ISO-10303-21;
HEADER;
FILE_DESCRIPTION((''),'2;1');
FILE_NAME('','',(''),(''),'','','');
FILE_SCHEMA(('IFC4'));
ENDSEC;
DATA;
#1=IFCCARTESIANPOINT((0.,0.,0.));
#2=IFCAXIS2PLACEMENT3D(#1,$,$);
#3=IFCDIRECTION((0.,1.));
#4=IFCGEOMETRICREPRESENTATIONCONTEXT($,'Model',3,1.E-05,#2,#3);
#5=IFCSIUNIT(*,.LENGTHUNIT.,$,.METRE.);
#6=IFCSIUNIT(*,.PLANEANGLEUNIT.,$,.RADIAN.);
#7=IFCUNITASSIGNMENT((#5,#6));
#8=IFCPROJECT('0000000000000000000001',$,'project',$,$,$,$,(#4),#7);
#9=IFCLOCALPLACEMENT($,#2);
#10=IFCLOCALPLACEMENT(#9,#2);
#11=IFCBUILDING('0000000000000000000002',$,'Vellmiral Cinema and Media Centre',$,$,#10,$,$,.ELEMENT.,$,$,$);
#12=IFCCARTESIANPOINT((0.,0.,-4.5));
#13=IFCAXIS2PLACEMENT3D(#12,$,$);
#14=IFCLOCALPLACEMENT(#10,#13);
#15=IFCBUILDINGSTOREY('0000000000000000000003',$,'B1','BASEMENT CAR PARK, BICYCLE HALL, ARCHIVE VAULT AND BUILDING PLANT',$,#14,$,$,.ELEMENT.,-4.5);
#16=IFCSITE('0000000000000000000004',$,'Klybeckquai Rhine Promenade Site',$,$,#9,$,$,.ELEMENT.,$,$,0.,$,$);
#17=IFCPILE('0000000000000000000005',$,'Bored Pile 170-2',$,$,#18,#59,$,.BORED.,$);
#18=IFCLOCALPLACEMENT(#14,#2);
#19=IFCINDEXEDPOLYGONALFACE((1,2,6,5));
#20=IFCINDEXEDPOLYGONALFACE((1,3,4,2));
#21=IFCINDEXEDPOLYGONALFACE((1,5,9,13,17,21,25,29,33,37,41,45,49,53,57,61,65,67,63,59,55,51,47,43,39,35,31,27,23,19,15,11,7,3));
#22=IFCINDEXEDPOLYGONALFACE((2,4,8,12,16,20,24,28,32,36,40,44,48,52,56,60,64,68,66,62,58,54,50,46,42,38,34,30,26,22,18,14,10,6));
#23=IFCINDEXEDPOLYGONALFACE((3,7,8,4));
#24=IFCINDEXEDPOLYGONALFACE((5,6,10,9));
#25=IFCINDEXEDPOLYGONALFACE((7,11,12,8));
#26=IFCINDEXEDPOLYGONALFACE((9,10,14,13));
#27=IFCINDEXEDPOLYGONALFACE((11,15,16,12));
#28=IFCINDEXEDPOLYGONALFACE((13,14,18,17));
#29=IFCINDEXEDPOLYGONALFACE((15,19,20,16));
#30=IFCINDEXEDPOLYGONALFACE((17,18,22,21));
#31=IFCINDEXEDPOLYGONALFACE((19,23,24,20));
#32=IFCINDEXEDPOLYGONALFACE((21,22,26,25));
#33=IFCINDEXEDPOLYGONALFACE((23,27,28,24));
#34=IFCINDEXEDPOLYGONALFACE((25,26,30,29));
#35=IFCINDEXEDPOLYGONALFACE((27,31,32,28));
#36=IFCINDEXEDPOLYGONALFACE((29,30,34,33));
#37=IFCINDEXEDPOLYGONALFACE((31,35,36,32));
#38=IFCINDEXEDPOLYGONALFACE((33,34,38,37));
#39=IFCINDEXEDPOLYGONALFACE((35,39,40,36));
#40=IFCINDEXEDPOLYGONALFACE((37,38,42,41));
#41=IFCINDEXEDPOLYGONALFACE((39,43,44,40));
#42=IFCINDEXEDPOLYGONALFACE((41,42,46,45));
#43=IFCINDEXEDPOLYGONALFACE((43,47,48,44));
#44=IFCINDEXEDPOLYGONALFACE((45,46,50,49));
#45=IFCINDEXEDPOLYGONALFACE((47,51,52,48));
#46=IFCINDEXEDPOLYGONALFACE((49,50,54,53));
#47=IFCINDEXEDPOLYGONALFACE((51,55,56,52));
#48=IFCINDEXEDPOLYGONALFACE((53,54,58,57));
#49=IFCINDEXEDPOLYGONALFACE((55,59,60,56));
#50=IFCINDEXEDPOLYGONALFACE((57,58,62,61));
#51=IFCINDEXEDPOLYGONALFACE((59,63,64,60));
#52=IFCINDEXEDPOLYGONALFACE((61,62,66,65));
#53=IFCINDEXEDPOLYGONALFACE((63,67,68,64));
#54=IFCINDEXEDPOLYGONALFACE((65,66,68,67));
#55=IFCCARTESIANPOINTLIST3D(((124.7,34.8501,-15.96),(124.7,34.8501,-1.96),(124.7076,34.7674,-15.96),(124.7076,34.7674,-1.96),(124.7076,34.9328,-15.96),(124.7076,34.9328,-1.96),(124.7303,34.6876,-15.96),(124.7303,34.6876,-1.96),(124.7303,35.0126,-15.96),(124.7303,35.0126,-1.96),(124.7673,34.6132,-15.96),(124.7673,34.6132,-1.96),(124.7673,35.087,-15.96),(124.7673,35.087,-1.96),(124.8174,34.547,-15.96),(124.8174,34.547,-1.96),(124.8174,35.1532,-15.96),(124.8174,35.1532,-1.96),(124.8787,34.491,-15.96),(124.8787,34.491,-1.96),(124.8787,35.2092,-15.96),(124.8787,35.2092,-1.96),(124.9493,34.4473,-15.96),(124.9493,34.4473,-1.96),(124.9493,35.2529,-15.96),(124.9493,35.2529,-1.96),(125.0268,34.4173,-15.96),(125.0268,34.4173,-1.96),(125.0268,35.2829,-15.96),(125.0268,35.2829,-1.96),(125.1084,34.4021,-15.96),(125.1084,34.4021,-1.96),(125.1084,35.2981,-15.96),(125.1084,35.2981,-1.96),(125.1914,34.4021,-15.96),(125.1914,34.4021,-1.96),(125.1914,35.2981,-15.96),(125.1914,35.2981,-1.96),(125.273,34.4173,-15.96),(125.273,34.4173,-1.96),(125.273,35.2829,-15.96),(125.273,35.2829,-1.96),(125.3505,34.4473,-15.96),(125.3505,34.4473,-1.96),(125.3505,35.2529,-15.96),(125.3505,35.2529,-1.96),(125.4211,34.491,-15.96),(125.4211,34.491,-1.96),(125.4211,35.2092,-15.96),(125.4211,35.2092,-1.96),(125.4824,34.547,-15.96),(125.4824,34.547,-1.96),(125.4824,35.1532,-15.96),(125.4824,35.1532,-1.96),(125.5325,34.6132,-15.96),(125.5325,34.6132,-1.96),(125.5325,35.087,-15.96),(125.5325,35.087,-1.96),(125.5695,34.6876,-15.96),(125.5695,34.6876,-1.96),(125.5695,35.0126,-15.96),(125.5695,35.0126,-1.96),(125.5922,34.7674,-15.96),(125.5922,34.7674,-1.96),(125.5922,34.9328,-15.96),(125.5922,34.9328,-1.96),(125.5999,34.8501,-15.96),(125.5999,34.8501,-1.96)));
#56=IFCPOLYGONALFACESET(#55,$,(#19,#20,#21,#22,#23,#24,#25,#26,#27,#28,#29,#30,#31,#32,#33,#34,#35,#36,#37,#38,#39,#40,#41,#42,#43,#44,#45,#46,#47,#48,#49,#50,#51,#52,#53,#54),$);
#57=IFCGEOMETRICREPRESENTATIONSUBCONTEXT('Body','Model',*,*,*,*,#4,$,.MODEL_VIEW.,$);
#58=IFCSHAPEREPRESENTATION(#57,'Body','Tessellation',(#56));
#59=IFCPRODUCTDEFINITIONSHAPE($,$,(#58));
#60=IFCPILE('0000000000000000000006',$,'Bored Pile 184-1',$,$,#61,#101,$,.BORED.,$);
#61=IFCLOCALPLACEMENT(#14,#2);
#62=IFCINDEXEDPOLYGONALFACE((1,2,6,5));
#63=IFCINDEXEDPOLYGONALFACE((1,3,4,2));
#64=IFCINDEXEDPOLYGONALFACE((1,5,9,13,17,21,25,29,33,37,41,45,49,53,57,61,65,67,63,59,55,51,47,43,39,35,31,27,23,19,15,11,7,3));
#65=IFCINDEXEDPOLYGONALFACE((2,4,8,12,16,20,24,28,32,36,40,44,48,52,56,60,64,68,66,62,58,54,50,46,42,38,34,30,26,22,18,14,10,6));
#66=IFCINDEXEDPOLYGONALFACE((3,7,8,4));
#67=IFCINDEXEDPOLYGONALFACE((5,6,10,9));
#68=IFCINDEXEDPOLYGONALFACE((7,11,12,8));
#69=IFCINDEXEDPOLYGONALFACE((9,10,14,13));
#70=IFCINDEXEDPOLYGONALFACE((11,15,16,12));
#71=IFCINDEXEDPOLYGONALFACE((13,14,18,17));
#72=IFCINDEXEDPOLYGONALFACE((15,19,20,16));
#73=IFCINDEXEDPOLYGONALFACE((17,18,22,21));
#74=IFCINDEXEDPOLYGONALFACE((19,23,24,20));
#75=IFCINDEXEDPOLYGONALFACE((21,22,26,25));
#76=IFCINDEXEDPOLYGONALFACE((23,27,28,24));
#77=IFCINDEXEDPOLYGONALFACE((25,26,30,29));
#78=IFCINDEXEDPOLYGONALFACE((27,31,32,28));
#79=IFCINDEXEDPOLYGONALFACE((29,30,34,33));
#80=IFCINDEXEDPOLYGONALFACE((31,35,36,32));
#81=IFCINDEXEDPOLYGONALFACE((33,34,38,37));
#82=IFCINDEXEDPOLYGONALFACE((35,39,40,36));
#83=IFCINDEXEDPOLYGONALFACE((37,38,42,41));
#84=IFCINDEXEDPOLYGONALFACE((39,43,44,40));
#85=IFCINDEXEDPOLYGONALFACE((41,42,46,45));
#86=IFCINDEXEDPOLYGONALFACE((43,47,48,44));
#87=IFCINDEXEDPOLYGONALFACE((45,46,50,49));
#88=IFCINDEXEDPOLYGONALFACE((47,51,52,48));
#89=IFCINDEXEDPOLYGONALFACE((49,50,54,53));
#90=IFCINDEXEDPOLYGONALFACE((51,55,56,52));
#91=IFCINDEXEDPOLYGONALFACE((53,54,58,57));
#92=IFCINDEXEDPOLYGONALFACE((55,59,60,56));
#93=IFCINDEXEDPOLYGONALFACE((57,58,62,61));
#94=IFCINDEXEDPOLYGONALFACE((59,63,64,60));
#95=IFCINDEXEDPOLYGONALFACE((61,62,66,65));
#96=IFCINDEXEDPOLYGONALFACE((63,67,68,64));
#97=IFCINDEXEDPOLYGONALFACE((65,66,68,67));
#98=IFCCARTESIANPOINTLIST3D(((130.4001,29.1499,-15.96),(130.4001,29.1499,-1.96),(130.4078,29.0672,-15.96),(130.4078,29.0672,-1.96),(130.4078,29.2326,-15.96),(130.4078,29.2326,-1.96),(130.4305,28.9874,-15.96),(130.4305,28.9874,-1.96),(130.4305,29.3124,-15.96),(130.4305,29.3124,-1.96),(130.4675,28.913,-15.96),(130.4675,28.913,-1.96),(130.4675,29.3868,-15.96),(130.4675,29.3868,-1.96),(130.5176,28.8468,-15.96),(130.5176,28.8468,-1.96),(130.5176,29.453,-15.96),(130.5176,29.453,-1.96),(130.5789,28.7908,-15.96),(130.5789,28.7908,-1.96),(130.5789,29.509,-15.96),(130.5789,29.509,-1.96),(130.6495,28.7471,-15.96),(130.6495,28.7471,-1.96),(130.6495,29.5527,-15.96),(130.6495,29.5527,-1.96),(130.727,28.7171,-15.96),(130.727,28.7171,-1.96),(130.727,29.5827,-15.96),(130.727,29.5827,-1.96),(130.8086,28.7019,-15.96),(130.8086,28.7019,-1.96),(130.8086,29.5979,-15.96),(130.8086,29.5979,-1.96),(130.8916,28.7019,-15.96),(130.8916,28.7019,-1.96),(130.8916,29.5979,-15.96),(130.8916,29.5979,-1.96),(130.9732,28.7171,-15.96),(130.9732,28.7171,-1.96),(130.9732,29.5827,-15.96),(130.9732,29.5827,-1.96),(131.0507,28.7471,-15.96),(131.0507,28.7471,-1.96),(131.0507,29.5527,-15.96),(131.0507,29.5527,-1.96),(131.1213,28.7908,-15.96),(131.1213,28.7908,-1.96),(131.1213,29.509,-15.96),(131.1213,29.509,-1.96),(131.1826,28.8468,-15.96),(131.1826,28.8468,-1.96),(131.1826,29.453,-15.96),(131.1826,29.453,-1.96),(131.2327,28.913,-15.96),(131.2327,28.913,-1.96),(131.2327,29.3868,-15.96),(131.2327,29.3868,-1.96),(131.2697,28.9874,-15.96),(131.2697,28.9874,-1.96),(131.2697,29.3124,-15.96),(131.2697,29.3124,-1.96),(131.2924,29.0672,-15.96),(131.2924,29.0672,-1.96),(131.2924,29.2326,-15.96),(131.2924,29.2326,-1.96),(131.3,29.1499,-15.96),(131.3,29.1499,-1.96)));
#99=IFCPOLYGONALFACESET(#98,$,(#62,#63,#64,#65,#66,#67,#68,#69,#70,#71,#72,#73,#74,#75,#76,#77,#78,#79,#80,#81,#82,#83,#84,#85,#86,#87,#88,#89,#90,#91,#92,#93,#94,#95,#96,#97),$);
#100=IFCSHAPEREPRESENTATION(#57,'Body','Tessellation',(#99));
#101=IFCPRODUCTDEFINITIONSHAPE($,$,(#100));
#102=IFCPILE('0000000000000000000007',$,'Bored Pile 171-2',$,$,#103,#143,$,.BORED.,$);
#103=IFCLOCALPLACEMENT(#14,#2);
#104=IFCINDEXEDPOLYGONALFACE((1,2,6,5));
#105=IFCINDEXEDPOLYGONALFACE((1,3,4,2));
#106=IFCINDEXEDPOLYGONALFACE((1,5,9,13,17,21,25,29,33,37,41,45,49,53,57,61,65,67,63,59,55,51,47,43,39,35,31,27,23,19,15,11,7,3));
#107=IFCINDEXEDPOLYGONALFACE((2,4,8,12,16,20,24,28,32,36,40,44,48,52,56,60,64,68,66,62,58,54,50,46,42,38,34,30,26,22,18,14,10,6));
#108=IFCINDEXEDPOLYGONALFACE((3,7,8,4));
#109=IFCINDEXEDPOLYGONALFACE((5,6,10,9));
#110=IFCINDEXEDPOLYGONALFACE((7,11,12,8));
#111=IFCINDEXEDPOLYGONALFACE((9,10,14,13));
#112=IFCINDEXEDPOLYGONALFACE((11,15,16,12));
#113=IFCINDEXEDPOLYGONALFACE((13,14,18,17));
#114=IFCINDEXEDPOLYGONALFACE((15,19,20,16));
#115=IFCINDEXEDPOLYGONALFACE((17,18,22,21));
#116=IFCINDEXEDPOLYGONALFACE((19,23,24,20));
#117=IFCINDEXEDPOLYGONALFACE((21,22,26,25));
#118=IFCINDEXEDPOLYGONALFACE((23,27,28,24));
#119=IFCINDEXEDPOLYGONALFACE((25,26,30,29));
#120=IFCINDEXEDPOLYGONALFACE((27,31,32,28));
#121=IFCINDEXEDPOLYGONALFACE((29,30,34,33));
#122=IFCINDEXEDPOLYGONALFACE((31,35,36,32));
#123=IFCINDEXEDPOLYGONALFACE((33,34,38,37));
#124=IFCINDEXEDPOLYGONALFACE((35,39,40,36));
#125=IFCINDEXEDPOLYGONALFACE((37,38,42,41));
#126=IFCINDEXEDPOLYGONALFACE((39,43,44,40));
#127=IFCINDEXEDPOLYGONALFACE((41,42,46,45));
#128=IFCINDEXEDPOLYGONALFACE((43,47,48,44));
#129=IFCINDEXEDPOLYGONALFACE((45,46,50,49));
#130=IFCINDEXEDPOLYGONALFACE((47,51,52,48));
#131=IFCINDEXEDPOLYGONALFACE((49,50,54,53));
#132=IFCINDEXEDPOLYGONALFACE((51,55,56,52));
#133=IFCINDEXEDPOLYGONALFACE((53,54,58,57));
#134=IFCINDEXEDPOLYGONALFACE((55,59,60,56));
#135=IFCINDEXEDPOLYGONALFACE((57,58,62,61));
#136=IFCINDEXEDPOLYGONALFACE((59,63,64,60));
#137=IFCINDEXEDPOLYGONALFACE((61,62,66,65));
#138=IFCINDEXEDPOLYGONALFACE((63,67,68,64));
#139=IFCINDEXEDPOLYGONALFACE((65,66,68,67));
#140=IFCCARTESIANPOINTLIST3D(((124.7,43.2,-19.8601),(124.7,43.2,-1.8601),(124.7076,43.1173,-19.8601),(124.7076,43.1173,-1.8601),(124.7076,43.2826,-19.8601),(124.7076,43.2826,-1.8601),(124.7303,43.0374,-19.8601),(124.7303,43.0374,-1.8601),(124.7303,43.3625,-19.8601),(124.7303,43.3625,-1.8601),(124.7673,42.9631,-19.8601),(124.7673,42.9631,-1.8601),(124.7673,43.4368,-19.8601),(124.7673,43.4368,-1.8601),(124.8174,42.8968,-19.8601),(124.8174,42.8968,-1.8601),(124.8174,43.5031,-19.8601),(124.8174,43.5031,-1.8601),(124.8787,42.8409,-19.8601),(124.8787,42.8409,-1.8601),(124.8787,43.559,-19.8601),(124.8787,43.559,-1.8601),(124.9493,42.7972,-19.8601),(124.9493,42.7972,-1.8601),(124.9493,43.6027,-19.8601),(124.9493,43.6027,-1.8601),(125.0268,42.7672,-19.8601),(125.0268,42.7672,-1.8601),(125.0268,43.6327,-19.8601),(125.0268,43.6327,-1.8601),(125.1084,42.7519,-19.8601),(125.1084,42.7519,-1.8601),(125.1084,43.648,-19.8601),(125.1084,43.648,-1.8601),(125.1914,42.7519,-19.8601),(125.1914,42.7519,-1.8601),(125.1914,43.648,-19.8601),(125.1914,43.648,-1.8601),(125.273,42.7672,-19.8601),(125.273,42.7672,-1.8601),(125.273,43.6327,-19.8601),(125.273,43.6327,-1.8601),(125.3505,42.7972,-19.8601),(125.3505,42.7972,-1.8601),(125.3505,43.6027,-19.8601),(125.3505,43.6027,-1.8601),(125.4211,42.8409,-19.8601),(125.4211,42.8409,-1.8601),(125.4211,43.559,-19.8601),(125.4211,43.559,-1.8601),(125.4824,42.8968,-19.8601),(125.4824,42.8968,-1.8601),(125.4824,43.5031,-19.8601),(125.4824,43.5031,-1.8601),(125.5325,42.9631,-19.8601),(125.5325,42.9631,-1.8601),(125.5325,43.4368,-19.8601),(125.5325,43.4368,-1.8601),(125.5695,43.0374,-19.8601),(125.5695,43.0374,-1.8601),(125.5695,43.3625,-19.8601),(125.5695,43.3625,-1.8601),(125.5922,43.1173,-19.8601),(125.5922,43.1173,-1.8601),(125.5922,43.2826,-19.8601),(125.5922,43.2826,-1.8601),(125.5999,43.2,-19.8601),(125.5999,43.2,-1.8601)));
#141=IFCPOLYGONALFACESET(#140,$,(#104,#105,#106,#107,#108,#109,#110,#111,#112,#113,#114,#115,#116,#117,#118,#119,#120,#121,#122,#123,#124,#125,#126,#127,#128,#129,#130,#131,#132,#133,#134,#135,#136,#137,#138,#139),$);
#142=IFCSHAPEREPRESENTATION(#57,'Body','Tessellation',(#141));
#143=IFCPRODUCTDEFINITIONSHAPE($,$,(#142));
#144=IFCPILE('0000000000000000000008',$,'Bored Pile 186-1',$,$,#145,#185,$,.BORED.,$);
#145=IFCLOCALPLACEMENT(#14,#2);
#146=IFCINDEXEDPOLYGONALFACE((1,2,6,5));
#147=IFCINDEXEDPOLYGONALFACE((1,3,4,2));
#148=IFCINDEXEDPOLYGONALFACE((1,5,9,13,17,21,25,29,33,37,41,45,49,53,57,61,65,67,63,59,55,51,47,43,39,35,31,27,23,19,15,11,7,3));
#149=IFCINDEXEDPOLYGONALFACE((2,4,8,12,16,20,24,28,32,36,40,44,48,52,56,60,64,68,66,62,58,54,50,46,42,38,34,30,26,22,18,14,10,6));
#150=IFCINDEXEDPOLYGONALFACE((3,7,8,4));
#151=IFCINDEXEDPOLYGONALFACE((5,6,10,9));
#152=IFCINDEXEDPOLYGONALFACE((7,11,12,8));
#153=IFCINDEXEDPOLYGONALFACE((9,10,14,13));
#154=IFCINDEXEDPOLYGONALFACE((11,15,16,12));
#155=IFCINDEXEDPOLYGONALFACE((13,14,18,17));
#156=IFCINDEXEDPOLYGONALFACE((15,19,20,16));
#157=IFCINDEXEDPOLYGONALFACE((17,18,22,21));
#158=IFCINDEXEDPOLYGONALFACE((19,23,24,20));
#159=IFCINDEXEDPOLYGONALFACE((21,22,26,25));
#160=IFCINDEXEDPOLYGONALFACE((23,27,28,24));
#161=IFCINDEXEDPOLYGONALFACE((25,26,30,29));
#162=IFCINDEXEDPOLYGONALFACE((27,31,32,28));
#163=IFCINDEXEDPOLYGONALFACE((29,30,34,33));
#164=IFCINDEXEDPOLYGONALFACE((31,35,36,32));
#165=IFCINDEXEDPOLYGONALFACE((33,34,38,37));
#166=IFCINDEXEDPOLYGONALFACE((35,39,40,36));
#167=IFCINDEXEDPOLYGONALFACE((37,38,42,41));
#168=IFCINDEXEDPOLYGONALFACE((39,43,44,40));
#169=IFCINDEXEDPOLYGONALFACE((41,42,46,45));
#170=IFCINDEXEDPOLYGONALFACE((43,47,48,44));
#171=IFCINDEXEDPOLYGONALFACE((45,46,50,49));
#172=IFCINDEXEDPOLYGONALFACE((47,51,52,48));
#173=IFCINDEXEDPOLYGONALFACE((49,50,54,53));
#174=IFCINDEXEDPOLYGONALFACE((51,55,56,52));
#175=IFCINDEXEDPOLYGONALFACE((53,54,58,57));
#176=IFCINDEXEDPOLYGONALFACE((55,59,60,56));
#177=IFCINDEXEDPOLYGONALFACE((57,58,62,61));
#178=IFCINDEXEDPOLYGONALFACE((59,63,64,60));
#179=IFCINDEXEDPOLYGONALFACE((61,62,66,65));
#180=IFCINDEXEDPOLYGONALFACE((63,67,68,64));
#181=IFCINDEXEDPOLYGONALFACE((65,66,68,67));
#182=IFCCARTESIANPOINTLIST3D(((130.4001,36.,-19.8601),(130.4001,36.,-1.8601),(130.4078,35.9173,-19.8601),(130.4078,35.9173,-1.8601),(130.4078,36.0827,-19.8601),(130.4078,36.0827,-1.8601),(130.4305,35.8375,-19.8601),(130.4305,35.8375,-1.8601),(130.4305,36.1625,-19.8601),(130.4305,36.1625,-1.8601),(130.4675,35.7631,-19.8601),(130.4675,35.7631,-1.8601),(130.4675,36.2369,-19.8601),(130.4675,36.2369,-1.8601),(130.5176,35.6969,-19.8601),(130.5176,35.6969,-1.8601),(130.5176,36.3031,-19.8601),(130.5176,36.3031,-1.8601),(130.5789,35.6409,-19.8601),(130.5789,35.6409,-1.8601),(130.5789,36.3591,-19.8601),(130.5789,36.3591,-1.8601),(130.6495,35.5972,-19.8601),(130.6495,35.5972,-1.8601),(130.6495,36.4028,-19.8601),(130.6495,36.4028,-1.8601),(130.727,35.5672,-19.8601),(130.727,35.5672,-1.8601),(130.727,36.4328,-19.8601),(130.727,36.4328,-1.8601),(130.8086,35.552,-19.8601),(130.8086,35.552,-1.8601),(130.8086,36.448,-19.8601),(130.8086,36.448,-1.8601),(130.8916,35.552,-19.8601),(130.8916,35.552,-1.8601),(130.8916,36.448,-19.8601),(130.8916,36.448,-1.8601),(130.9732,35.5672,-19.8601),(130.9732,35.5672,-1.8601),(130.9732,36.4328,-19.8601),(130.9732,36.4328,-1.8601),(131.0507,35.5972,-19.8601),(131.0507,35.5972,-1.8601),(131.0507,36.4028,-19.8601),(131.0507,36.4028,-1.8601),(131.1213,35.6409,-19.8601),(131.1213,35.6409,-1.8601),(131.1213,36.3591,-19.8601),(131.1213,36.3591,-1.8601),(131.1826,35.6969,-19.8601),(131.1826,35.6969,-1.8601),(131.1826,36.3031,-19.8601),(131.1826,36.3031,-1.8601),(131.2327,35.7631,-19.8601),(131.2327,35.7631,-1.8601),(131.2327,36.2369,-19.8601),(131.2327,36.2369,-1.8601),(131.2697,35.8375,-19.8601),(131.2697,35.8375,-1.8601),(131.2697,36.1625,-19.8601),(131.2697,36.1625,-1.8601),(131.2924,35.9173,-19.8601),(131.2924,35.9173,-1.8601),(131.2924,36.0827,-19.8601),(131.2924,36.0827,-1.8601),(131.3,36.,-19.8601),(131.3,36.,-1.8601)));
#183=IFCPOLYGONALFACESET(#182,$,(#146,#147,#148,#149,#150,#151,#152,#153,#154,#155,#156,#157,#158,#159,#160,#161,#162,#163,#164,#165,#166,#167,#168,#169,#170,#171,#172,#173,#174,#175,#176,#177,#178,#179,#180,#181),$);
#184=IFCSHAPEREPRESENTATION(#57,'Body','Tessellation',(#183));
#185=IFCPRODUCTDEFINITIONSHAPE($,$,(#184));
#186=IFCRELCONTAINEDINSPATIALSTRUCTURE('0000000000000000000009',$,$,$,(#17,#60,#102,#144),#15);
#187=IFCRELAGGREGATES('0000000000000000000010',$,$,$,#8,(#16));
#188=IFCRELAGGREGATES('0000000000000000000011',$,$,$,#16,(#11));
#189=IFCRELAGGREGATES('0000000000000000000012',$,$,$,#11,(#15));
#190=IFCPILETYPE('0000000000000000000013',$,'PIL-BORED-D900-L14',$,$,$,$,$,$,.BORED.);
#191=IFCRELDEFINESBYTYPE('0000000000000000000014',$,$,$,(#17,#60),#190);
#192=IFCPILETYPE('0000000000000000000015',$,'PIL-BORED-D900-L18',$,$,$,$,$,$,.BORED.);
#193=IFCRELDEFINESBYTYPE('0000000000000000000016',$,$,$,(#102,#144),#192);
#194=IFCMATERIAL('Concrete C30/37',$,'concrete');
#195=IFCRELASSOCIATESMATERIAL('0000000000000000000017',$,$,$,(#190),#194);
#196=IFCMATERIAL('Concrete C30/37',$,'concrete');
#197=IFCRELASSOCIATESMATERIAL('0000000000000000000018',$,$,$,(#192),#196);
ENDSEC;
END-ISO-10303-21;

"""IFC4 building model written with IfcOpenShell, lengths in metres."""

from ifc_helpers import new_model, si_unit, direction, frame, origin, origin_2d, place, context, subcontext, project, spatial, circle, extrude, material, material_profile, profile_set, type_object, element, save


model = new_model("IFC4")

# Units and contexts
model_context = context("Model", 3, precision=1e-05, world=origin(), true_north=direction((0.0, 1.0)))
body_context = subcontext(model_context, "Body", "Model", "MODEL_VIEW")
ifc_project = project(units=[si_unit("LENGTHUNIT", "METRE"), si_unit("PLANEANGLEUNIT", "RADIAN")], contexts=[model_context])

# Site, building, storey
site_placement = place(None, origin())
site = spatial("IfcSite", under=ifc_project, at=site_placement, Name="Klybeckquai Rhine Promenade Site", CompositionType="ELEMENT", RefElevation=0.0)
building_placement = place(site_placement, origin())
building = spatial("IfcBuilding", under=site, at=building_placement, Name="Vellmiral Cinema and Media Centre", CompositionType="ELEMENT")
storey_placement = place(building_placement, frame((0.0, 0.0, -4.5)))
storey = spatial("IfcBuildingStorey", under=building, at=storey_placement, Name="B1", Description="BASEMENT CAR PARK, BICYCLE HALL, ARCHIVE VAULT AND BUILDING PLANT", CompositionType="ELEMENT", Elevation=-4.5)

# Piles
ifc_material_1 = material(Name="Concrete C30/37", Category="concrete")
ifc_material_profile_1 = material_profile(ifc_material_1, circle(Radius=0.45, at=origin_2d()), Name="PILE D900")
ifc_profile_set_1 = profile_set([ifc_material_profile_1], Name="Concrete C30/37")
pile_type_1 = type_object("IfcPileType", Name="PIL-BORED-D900-L14", PredefinedType="BORED", material=ifc_profile_set_1)
for number, where, z_axis, x_axis, name in (
    (1, (125.1499, 34.8501, -1.96), (0.0, 0.0, -1.0), (1.0, 0.0, 0.0), "Bored Pile 170-2"),
    (2, (130.8501, 29.1499, -1.96), (0.0, 0.0, -1.0), (1.0, 0.0, 0.0), "Bored Pile 184-1"),
):
    element("IfcPile", number, at=place(storey_placement, frame(where, z_axis=z_axis, x_axis=x_axis)), inside=storey, type_object=pile_type_1, Name=name, PredefinedType="BORED", context=body_context, shape_type="SweptSolid", body=[
        extrude(circle(Radius=0.45, at=origin_2d()), origin(), (0.0, 0.0, 1.0), 14.0),
    ])
ifc_material_2 = material(Name="Concrete C30/37", Category="concrete")
ifc_material_profile_2 = material_profile(ifc_material_2, circle(Radius=0.45, at=origin_2d()), Name="PILE D900")
ifc_profile_set_2 = profile_set([ifc_material_profile_2], Name="Concrete C30/37")
pile_type_2 = type_object("IfcPileType", Name="PIL-BORED-D900-L18", PredefinedType="BORED", material=ifc_profile_set_2)
for number, where, z_axis, x_axis, name in (
    (3, (125.1499, 43.2, -1.8601), (0.0, 0.0, -1.0), (1.0, 0.0, 0.0), "Bored Pile 171-2"),
    (4, (130.8501, 36.0, -1.8601), (0.0, 0.0, -1.0), (1.0, 0.0, 0.0), "Bored Pile 186-1"),
):
    element("IfcPile", number, at=place(storey_placement, frame(where, z_axis=z_axis, x_axis=x_axis)), inside=storey, type_object=pile_type_2, Name=name, PredefinedType="BORED", context=body_context, shape_type="SweptSolid", body=[
        extrude(circle(Radius=0.45, at=origin_2d()), origin(), (0.0, 0.0, 1.0), 18.0),
    ])

save(model, "model.ifc")
